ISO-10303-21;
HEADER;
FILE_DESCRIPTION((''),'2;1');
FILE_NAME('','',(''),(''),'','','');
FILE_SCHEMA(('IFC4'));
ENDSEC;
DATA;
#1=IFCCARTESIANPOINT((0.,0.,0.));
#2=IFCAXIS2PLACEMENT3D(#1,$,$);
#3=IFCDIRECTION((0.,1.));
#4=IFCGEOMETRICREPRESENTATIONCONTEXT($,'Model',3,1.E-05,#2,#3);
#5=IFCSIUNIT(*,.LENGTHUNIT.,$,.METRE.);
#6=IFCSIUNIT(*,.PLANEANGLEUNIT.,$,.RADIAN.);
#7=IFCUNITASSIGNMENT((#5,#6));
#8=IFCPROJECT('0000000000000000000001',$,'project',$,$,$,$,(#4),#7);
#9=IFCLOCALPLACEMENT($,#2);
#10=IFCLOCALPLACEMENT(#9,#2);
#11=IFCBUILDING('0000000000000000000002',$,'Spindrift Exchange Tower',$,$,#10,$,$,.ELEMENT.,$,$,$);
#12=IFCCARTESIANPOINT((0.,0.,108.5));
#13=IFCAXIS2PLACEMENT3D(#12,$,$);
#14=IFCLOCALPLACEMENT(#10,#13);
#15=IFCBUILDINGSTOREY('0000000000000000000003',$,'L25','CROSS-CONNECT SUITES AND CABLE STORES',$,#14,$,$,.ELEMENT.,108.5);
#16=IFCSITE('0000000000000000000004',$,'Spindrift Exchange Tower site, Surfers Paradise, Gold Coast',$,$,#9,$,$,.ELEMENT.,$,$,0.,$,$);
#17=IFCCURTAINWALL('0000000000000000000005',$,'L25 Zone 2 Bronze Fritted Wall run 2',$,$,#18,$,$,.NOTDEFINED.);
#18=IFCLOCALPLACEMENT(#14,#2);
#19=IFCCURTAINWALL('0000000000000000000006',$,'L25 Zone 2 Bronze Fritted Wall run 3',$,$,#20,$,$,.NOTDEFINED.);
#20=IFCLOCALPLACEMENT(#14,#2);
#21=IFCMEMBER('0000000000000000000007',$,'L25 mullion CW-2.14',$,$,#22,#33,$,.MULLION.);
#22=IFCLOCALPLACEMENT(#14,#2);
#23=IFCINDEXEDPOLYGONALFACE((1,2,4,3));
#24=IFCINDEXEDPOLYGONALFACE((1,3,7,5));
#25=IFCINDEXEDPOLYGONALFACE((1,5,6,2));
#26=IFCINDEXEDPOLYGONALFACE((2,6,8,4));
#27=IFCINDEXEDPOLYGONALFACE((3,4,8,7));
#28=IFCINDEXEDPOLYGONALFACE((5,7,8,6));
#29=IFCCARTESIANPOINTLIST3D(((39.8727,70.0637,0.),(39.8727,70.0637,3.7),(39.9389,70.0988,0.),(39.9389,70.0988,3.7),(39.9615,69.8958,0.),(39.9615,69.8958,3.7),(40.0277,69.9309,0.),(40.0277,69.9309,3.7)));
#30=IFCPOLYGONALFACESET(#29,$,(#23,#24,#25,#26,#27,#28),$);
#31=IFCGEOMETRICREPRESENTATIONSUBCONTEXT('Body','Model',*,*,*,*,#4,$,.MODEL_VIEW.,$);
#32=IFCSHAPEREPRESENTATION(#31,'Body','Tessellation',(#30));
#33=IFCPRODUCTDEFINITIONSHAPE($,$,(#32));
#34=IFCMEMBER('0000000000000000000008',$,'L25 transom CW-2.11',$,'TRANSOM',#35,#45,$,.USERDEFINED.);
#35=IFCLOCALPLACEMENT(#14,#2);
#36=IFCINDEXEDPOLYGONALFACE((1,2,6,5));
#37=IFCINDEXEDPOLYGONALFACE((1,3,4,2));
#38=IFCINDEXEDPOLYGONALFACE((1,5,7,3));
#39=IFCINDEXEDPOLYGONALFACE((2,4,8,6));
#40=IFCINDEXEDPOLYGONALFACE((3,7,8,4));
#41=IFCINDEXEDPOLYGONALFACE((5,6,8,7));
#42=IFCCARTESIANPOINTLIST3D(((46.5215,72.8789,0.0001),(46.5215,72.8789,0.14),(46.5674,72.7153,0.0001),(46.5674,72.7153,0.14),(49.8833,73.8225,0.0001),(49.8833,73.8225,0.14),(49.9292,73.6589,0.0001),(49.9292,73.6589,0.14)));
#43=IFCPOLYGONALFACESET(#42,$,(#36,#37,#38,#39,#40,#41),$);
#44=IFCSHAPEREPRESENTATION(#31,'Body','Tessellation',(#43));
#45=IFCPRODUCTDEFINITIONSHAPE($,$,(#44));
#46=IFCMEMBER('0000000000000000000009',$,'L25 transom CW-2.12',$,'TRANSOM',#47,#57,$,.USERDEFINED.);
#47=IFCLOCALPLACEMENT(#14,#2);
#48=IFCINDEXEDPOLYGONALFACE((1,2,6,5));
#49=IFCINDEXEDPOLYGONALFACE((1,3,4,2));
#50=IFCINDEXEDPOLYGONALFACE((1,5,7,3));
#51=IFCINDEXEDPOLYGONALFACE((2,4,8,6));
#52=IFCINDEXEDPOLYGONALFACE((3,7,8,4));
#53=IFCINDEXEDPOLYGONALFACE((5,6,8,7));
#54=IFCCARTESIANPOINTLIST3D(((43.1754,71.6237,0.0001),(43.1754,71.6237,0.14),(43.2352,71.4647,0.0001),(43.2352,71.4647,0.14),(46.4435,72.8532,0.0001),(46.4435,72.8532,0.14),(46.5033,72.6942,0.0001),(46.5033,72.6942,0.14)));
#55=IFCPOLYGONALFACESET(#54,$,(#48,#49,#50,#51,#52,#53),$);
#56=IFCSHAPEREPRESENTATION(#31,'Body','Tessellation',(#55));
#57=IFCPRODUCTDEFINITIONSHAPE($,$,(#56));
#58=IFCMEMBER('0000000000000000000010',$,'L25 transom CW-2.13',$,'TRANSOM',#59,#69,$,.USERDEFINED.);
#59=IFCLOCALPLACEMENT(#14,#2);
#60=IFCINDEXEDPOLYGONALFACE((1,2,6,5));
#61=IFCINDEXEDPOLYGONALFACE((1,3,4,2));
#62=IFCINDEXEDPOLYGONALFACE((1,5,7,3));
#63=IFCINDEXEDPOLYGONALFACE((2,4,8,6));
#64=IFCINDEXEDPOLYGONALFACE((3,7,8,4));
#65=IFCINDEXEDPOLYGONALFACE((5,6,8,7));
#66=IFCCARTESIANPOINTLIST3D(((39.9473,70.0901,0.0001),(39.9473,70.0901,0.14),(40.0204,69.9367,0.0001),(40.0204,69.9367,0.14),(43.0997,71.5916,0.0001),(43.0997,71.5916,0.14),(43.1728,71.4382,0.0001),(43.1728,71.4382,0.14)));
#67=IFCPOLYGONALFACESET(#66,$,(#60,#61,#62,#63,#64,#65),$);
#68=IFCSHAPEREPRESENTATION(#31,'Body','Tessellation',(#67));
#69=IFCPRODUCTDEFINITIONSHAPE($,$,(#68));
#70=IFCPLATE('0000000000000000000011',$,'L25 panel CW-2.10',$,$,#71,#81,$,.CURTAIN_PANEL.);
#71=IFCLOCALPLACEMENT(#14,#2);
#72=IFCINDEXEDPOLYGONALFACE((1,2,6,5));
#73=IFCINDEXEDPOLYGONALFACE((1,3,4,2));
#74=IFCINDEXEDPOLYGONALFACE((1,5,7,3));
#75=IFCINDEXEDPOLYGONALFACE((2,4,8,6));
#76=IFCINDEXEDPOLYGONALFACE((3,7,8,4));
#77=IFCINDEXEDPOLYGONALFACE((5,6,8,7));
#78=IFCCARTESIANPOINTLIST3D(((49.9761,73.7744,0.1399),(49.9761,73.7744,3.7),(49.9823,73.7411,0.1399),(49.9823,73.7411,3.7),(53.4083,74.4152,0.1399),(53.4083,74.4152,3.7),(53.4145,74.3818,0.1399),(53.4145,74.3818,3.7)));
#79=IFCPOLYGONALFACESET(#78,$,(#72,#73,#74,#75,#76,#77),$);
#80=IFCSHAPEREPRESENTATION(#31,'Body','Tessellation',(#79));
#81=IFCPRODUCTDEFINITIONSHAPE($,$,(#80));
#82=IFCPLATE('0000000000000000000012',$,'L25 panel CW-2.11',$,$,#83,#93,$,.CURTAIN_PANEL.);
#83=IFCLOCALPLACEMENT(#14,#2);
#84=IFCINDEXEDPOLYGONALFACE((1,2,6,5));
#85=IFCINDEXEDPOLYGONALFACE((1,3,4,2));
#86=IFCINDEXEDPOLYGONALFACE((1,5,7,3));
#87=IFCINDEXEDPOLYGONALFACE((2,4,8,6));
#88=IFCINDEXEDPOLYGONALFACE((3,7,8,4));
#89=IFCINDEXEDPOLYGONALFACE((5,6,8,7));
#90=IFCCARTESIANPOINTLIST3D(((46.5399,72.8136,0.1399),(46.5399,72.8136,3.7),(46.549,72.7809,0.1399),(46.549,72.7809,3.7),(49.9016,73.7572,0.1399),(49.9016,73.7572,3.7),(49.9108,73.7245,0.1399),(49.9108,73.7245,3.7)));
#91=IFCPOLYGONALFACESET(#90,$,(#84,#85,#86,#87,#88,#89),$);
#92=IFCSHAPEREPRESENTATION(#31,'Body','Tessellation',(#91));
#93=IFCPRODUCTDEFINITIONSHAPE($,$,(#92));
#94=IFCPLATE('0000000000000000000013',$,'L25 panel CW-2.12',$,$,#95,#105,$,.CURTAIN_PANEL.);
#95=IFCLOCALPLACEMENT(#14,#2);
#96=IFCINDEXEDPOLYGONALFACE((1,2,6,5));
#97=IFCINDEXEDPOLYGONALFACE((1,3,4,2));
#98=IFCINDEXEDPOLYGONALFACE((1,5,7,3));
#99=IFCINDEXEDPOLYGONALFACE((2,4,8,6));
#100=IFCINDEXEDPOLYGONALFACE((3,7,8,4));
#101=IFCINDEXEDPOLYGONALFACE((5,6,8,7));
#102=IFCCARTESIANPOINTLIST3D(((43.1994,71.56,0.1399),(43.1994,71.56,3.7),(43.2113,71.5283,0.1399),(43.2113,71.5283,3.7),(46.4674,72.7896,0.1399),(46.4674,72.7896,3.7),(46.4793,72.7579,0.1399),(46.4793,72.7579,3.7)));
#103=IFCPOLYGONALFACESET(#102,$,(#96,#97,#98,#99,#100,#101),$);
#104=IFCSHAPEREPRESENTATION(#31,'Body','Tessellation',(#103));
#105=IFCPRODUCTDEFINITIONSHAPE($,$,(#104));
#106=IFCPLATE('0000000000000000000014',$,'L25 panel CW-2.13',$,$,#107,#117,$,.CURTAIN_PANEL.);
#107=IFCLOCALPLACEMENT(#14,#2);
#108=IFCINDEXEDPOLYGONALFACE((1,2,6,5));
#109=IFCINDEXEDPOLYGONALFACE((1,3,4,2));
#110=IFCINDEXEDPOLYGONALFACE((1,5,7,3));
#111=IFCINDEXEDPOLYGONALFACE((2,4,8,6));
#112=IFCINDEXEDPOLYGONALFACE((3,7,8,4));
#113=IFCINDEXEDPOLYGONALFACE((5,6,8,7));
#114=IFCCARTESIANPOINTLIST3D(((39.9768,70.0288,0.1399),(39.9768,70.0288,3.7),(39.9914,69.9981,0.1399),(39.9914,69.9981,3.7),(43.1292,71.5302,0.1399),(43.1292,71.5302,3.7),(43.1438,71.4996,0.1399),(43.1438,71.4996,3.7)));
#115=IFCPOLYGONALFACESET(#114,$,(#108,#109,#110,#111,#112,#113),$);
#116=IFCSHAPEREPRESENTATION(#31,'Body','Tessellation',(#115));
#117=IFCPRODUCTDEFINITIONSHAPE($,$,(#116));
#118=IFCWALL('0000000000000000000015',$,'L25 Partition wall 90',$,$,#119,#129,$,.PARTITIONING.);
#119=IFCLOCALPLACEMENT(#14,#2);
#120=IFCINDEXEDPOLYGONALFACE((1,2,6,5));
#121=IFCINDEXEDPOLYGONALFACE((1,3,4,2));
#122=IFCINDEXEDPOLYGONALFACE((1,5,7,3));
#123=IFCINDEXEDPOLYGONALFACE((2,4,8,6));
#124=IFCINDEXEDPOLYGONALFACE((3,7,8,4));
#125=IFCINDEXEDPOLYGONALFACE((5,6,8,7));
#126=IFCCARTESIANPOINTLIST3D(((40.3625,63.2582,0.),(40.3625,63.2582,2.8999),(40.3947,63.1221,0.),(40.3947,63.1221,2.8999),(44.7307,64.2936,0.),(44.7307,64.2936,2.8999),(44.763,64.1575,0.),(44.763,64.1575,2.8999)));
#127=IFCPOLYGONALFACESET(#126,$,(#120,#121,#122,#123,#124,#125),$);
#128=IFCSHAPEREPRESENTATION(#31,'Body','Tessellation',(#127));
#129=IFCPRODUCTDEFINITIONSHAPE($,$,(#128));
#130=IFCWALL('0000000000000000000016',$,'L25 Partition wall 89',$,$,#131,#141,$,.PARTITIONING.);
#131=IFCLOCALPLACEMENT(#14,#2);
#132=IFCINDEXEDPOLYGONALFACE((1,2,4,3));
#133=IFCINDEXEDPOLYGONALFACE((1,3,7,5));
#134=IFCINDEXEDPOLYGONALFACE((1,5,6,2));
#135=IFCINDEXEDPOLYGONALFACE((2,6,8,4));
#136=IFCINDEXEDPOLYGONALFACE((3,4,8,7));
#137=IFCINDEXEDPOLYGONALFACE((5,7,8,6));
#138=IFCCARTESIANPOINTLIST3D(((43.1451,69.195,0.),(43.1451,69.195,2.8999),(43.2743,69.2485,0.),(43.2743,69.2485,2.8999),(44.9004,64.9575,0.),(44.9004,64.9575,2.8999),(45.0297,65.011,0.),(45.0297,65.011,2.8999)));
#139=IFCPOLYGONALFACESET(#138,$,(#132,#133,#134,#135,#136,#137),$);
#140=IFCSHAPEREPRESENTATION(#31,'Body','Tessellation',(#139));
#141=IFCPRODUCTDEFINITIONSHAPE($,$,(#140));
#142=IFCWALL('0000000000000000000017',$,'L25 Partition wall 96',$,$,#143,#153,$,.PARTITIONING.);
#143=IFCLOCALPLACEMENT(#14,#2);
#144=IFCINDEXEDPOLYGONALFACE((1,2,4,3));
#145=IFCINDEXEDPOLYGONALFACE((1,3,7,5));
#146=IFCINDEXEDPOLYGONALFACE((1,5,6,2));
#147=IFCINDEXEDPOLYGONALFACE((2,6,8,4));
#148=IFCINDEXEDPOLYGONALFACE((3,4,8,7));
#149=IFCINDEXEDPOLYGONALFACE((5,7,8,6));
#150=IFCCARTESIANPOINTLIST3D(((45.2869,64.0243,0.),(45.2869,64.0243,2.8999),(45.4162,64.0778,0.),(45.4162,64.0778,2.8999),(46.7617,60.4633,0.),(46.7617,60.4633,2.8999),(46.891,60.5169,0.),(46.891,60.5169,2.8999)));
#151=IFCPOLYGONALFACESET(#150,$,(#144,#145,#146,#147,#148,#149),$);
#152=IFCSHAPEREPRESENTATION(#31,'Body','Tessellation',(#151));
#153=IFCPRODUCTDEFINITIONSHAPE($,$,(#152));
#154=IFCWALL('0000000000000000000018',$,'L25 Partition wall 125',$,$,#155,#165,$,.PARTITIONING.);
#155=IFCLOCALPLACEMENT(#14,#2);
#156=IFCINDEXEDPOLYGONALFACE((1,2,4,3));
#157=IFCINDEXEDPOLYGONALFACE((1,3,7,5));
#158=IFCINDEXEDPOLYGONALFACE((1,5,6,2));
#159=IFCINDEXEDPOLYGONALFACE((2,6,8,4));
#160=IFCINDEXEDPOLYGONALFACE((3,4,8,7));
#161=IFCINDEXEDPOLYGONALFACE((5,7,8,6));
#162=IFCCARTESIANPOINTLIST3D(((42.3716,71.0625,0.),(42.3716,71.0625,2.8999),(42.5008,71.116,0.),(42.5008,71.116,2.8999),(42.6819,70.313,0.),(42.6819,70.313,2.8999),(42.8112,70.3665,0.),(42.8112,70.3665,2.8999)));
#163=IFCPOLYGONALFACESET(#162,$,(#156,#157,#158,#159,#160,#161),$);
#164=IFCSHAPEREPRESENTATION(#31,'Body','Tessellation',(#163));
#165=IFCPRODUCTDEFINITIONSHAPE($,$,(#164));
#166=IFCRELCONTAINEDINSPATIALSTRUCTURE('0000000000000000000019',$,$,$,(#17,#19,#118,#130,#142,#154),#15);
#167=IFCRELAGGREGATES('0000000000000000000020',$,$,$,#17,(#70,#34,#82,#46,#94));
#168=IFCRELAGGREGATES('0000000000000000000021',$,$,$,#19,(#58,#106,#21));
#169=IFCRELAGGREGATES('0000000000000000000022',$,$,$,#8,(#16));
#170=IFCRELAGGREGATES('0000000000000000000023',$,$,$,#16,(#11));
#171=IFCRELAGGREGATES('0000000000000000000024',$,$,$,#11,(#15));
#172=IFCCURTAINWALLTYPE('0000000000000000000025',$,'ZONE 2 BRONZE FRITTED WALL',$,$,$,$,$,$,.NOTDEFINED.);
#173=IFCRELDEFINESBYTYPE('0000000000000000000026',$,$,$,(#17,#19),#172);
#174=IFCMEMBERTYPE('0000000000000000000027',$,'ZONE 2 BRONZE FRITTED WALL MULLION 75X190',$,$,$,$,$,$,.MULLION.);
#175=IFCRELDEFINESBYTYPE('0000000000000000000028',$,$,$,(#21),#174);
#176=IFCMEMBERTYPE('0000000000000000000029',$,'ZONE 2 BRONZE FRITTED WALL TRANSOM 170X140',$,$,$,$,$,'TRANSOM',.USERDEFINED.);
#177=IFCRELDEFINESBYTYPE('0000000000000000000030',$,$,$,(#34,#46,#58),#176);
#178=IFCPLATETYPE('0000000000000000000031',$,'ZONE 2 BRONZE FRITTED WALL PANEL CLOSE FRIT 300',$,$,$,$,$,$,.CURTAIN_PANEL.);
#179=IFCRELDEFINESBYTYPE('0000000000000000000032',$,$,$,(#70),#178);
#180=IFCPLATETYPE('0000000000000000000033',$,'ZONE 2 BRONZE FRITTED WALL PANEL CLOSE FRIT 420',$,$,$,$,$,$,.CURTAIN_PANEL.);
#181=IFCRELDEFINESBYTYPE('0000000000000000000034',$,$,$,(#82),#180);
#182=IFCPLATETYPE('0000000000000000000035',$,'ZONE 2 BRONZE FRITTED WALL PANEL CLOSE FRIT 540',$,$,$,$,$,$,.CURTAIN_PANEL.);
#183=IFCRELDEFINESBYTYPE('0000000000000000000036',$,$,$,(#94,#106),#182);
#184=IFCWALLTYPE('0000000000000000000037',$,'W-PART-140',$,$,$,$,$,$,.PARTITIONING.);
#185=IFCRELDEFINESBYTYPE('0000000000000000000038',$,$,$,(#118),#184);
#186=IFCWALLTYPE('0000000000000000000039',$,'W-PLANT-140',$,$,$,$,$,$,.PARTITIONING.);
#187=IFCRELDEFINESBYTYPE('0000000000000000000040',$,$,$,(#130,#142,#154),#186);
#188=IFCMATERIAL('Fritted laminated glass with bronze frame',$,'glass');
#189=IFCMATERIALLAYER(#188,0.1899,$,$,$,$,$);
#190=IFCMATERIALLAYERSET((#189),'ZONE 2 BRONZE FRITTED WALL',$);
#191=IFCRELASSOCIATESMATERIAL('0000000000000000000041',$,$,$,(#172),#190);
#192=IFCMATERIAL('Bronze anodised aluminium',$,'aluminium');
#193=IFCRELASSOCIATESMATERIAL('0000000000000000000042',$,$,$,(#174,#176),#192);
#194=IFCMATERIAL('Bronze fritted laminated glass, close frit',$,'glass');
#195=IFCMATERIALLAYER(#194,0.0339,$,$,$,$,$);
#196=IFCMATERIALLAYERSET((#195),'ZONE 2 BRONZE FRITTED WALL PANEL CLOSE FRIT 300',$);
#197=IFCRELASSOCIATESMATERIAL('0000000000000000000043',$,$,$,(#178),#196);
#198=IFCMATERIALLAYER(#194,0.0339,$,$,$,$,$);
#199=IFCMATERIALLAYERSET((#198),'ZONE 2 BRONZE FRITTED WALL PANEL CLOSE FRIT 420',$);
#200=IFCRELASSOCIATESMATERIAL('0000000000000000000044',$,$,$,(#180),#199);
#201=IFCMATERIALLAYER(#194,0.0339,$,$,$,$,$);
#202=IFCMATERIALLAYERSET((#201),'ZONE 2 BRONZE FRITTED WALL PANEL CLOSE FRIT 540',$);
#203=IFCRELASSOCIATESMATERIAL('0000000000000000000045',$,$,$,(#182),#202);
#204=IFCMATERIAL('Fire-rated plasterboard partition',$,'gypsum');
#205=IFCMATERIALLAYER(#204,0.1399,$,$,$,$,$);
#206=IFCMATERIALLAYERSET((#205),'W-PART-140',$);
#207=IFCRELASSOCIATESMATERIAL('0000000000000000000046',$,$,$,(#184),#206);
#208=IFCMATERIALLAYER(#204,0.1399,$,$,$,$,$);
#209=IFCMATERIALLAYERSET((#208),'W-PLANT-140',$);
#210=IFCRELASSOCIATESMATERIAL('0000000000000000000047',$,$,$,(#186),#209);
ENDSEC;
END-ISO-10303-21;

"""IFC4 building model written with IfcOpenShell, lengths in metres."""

from ifc_helpers import new_model, si_unit, direction, frame, frame_2d, origin, origin_2d, place, context, subcontext, project, spatial, rectangle, extrude, source, transform, mapped, material, layer, layer_set, material_profile, profile_set, type_object, element, aggregate, save


model = new_model("IFC4")

# Units and contexts
model_context = context("Model", 3, precision=1e-05, world=origin(), true_north=direction((0.0, 1.0)))
body_context = subcontext(model_context, "Body", "Model", "MODEL_VIEW")
ifc_project = project(units=[si_unit("LENGTHUNIT", "METRE"), si_unit("PLANEANGLEUNIT", "RADIAN")], contexts=[model_context])

# Site, building, storey
site_placement = place(None, origin())
site = spatial("IfcSite", under=ifc_project, at=site_placement, Name="Spindrift Exchange Tower site, Surfers Paradise, Gold Coast", CompositionType="ELEMENT", RefElevation=0.0)
building_placement = place(site_placement, origin())
building = spatial("IfcBuilding", under=site, at=building_placement, Name="Spindrift Exchange Tower", CompositionType="ELEMENT")
storey_placement = place(building_placement, frame((0.0, 0.0, 108.5)))
storey = spatial("IfcBuildingStorey", under=building, at=storey_placement, Name="L25", Description="CROSS-CONNECT SUITES AND CABLE STORES", CompositionType="ELEMENT", Elevation=108.5)

# Curtain walls, member
ifc_material_1 = material(Name="Fritted laminated glass with bronze frame", Category="glass")
ifc_layer_1 = layer(ifc_material_1, 0.1899)
ifc_layer_set_1 = layer_set([ifc_layer_1], Name="ZONE 2 BRONZE FRITTED WALL")
curtain_wall_type = type_object("IfcCurtainWallType", Name="ZONE 2 BRONZE FRITTED WALL", PredefinedType="NOTDEFINED", material=ifc_layer_set_1)
curtain_wall_1_placement = place(storey_placement, origin())
curtain_wall_1 = element("IfcCurtainWall", 1, at=curtain_wall_1_placement, inside=storey, type_object=curtain_wall_type, Name="L25 Zone 2 Bronze Fritted Wall run 2", PredefinedType="NOTDEFINED")
ifc_material_2 = material(Name="Bronze anodised aluminium", Category="aluminium")
ifc_material_profile_1 = material_profile(ifc_material_2, rectangle(XDim=0.075, YDim=0.1899, at=origin_2d()), Name="ZONE 2 BRONZE FRITTED WALL MULLION 75X190")
ifc_profile_set_1 = profile_set([ifc_material_profile_1], Name="Bronze anodised aluminium")
member_type_1 = type_object("IfcMemberType", Name="ZONE 2 BRONZE FRITTED WALL MULLION 75X190", PredefinedType="MULLION", material=ifc_profile_set_1)
shared_shape_1 = source(origin(), body_context, "Body", "SweptSolid", [
    extrude(rectangle(XDim=0.075, YDim=0.1899, at=origin_2d()), origin(), (0.0, 0.0, 1.0), 3.7),
])
curtain_wall_2_placement = place(storey_placement, origin())
curtain_wall_2 = element("IfcCurtainWall", 2, at=curtain_wall_2_placement, inside=storey, type_object=curtain_wall_type, Name="L25 Zone 2 Bronze Fritted Wall run 3", PredefinedType="NOTDEFINED")
member_1_placement = place(storey_placement, frame((39.9502, 69.9973, 0.0), z_axis=(0.0, 0.0, 1.0), x_axis=(-0.883894, -0.467687, 0.0)))
member_1 = element("IfcMember", 3, at=member_1_placement, type_object=member_type_1, Name="L25 mullion CW-2.14", PredefinedType="MULLION", context=body_context, shape_type="MappedRepresentation", body=[
    mapped(shared_shape_1, transform((0.0, 0.0, 0.0), scale=1.0)),
])

# Members
ifc_material_profile_2 = material_profile(ifc_material_2, rectangle(XDim=0.1699, YDim=0.1399, at=origin_2d()), Name="ZONE 2 BRONZE FRITTED WALL TRANSOM 170X140")
ifc_profile_set_2 = profile_set([ifc_material_profile_2], Name="Bronze anodised aluminium")
member_type_2 = type_object("IfcMemberType", Name="ZONE 2 BRONZE FRITTED WALL TRANSOM 170X140", ElementType="TRANSOM", PredefinedType="USERDEFINED", material=ifc_profile_set_2)
shared_shape_2 = source(origin(), body_context, "Body", "SweptSolid", [
    extrude(rectangle(XDim=0.1699, YDim=0.1399, at=origin_2d()), origin(), (0.0, 0.0, 1.0), 3.4917),
])
member_2_placement = place(storey_placement, frame((49.9062, 73.7407, 0.0701), z_axis=(-0.962793, -0.270239, 0.0), x_axis=(0.270239, -0.962793, 0.0)))
member_2 = element("IfcMember", 4, at=member_2_placement, type_object=member_type_2, Name="L25 transom CW-2.11", ObjectType="TRANSOM", PredefinedType="USERDEFINED", context=body_context, shape_type="MappedRepresentation", body=[
    mapped(shared_shape_2, transform((0.0, 0.0, 0.0), scale=1.0)),
])
member_3_placement = place(storey_placement, frame((46.4734, 72.7737, 0.0701), z_axis=(-0.935955, -0.352119, 0.0), x_axis=(0.352119, -0.935955, 0.0)))
member_3 = element("IfcMember", 5, at=member_3_placement, type_object=member_type_2, Name="L25 transom CW-2.12", ObjectType="TRANSOM", PredefinedType="USERDEFINED", context=body_context, shape_type="MappedRepresentation", body=[
    mapped(shared_shape_2, transform((0.0, 0.0, 0.0), scale=1.0)),
])
member_4_placement = place(storey_placement, frame((43.1362, 71.5149, 0.0701), z_axis=(-0.902822, -0.430015, 0.0), x_axis=(0.430015, -0.902822, 0.0)))
member_4 = element("IfcMember", 6, at=member_4_placement, type_object=member_type_2, Name="L25 transom CW-2.13", ObjectType="TRANSOM", PredefinedType="USERDEFINED", context=body_context, shape_type="MappedRepresentation", body=[
    mapped(shared_shape_2, transform((0.0, 0.0, 0.0), scale=1.0)),
])

# Plates
ifc_material_3 = material(Name="Bronze fritted laminated glass, close frit", Category="glass")
ifc_layer_2 = layer(ifc_material_3, 0.0339)
ifc_layer_set_2 = layer_set([ifc_layer_2], Name="ZONE 2 BRONZE FRITTED WALL PANEL CLOSE FRIT 300")
plate_type_1 = type_object("IfcPlateType", Name="ZONE 2 BRONZE FRITTED WALL PANEL CLOSE FRIT 300", PredefinedType="CURTAIN_PANEL", material=ifc_layer_set_2)
shared_shape_3 = source(origin(), body_context, "Body", "SweptSolid", [
    extrude(rectangle(XDim=3.4915, YDim=0.0339, at=origin_2d()), origin(), (0.0, 0.0, 1.0), 3.5601),
])
plate_1_placement = place(storey_placement, frame((51.6953, 74.0781, 0.1399), z_axis=(0.0, 0.0, 1.0), x_axis=(-0.983017, -0.183516, 0.0)))
plate_1 = element("IfcPlate", 7, at=plate_1_placement, type_object=plate_type_1, Name="L25 panel CW-2.10", PredefinedType="CURTAIN_PANEL", context=body_context, shape_type="MappedRepresentation", body=[
    mapped(shared_shape_3, transform((0.0, 0.0, 0.0), scale=1.0)),
])
ifc_layer_3 = layer(ifc_material_3, 0.0339)
ifc_layer_set_3 = layer_set([ifc_layer_3], Name="ZONE 2 BRONZE FRITTED WALL PANEL CLOSE FRIT 420")
plate_type_2 = type_object("IfcPlateType", Name="ZONE 2 BRONZE FRITTED WALL PANEL CLOSE FRIT 420", PredefinedType="CURTAIN_PANEL", material=ifc_layer_set_3)
shared_shape_4 = source(origin(), body_context, "Body", "SweptSolid", [
    extrude(rectangle(XDim=3.4917, YDim=0.0339, at=origin_2d()), origin(), (0.0, 0.0, 1.0), 3.5601),
])
plate_2_placement = place(storey_placement, frame((48.2253, 73.269, 0.1399), z_axis=(0.0, 0.0, 1.0), x_axis=(-0.962789, -0.270256, 0.0)))
plate_2 = element("IfcPlate", 8, at=plate_2_placement, type_object=plate_type_2, Name="L25 panel CW-2.11", PredefinedType="CURTAIN_PANEL", context=body_context, shape_type="MappedRepresentation", body=[
    mapped(shared_shape_4, transform((0.0, 0.0, 0.0), scale=1.0)),
])
ifc_layer_4 = layer(ifc_material_3, 0.0339)
ifc_layer_set_4 = layer_set([ifc_layer_4], Name="ZONE 2 BRONZE FRITTED WALL PANEL CLOSE FRIT 540")
plate_type_3 = type_object("IfcPlateType", Name="ZONE 2 BRONZE FRITTED WALL PANEL CLOSE FRIT 540", PredefinedType="CURTAIN_PANEL", material=ifc_layer_set_4)
shared_shape_5 = source(origin(), body_context, "Body", "SweptSolid", [
    extrude(rectangle(XDim=3.4917, YDim=0.0339, at=origin_2d()), origin(), (0.0, 0.0, 1.0), 3.5601),
])
plate_3_placement = place(storey_placement, frame((44.8394, 72.1589, 0.1399), z_axis=(0.0, 0.0, 1.0), x_axis=(-0.935944, -0.352149, 0.0)))
plate_3 = element("IfcPlate", 9, at=plate_3_placement, type_object=plate_type_3, Name="L25 panel CW-2.12", PredefinedType="CURTAIN_PANEL", context=body_context, shape_type="MappedRepresentation", body=[
    mapped(shared_shape_5, transform((0.0, 0.0, 0.0), scale=1.0)),
])
aggregate(curtain_wall_1, [plate_1, member_2, plate_2, member_3, plate_3])
plate_4_placement = place(storey_placement, frame((41.5603, 70.7642, 0.1399), z_axis=(0.0, 0.0, 1.0), x_axis=(-0.902826, -0.430007, 0.0)))
plate_4 = element("IfcPlate", 10, at=plate_4_placement, type_object=plate_type_3, Name="L25 panel CW-2.13", PredefinedType="CURTAIN_PANEL", context=body_context, shape_type="MappedRepresentation", body=[
    mapped(shared_shape_5, transform((0.0, 0.0, 0.0), scale=1.0)),
])
aggregate(curtain_wall_2, [member_4, plate_4, member_1])

# Walls
ifc_material_4 = material(Name="Fire-rated plasterboard partition", Category="gypsum")
ifc_layer_5 = layer(ifc_material_4, 0.1399)
ifc_layer_set_5 = layer_set([ifc_layer_5], Name="W-PART-140")
wall_type_1 = type_object("IfcWallType", Name="W-PART-140", PredefinedType="PARTITIONING", material=ifc_layer_set_5)
wall_1_placement = place(storey_placement, frame((44.7468, 64.2256, 0.0), z_axis=(0.0, 0.0, 1.0), x_axis=(-0.973039, -0.230643, 0.0)))
element("IfcWall", 11, at=wall_1_placement, inside=storey, type_object=wall_type_1, Name="L25 Partition wall 90", PredefinedType="PARTITIONING", context=body_context, shape_type="SweptSolid", body=[
    extrude(rectangle(XDim=4.4893, YDim=0.1399, at=frame_2d((2.2446, 0.0))), origin(), (0.0, 0.0, 1.0), 2.8999),
])
ifc_layer_6 = layer(ifc_material_4, 0.1399)
ifc_layer_set_6 = layer_set([ifc_layer_6], Name="W-PLANT-140")
wall_type_2 = type_object("IfcWallType", Name="W-PLANT-140", PredefinedType="PARTITIONING", material=ifc_layer_set_6)
wall_2_placement = place(storey_placement, frame((44.9651, 64.9841, 0.0), z_axis=(0.0, 0.0, 1.0), x_axis=(-0.382706, 0.92387, 0.0)))
element("IfcWall", 12, at=wall_2_placement, inside=storey, type_object=wall_type_2, Name="L25 Partition wall 89", PredefinedType="PARTITIONING", context=body_context, shape_type="SweptSolid", body=[
    extrude(rectangle(XDim=4.5867, YDim=0.1399, at=frame_2d((2.2935, 0.0))), origin(), (0.0, 0.0, 1.0), 2.8999),
])
wall_3_placement = place(storey_placement, frame((46.8264, 60.49, 0.0), z_axis=(0.0, 0.0, 1.0), x_axis=(-0.382645, 0.923896, 0.0)))
element("IfcWall", 13, at=wall_3_placement, inside=storey, type_object=wall_type_2, Name="L25 Partition wall 96", PredefinedType="PARTITIONING", context=body_context, shape_type="SweptSolid", body=[
    extrude(rectangle(XDim=3.8542, YDim=0.1399, at=frame_2d((1.9272, 0.0))), origin(), (0.0, 0.0, 1.0), 2.8999),
])
wall_4_placement = place(storey_placement, frame((42.7466, 70.3396, 0.0), z_axis=(0.0, 0.0, 1.0), x_axis=(-0.38252, 0.923947, 0.0)))
element("IfcWall", 14, at=wall_4_placement, inside=storey, type_object=wall_type_2, Name="L25 Partition wall 125", PredefinedType="PARTITIONING", context=body_context, shape_type="SweptSolid", body=[
    extrude(rectangle(XDim=0.8113, YDim=0.1399, at=frame_2d((0.4058, 0.0))), origin(), (0.0, 0.0, 1.0), 2.8999),
])

save(model, "model.ifc")
